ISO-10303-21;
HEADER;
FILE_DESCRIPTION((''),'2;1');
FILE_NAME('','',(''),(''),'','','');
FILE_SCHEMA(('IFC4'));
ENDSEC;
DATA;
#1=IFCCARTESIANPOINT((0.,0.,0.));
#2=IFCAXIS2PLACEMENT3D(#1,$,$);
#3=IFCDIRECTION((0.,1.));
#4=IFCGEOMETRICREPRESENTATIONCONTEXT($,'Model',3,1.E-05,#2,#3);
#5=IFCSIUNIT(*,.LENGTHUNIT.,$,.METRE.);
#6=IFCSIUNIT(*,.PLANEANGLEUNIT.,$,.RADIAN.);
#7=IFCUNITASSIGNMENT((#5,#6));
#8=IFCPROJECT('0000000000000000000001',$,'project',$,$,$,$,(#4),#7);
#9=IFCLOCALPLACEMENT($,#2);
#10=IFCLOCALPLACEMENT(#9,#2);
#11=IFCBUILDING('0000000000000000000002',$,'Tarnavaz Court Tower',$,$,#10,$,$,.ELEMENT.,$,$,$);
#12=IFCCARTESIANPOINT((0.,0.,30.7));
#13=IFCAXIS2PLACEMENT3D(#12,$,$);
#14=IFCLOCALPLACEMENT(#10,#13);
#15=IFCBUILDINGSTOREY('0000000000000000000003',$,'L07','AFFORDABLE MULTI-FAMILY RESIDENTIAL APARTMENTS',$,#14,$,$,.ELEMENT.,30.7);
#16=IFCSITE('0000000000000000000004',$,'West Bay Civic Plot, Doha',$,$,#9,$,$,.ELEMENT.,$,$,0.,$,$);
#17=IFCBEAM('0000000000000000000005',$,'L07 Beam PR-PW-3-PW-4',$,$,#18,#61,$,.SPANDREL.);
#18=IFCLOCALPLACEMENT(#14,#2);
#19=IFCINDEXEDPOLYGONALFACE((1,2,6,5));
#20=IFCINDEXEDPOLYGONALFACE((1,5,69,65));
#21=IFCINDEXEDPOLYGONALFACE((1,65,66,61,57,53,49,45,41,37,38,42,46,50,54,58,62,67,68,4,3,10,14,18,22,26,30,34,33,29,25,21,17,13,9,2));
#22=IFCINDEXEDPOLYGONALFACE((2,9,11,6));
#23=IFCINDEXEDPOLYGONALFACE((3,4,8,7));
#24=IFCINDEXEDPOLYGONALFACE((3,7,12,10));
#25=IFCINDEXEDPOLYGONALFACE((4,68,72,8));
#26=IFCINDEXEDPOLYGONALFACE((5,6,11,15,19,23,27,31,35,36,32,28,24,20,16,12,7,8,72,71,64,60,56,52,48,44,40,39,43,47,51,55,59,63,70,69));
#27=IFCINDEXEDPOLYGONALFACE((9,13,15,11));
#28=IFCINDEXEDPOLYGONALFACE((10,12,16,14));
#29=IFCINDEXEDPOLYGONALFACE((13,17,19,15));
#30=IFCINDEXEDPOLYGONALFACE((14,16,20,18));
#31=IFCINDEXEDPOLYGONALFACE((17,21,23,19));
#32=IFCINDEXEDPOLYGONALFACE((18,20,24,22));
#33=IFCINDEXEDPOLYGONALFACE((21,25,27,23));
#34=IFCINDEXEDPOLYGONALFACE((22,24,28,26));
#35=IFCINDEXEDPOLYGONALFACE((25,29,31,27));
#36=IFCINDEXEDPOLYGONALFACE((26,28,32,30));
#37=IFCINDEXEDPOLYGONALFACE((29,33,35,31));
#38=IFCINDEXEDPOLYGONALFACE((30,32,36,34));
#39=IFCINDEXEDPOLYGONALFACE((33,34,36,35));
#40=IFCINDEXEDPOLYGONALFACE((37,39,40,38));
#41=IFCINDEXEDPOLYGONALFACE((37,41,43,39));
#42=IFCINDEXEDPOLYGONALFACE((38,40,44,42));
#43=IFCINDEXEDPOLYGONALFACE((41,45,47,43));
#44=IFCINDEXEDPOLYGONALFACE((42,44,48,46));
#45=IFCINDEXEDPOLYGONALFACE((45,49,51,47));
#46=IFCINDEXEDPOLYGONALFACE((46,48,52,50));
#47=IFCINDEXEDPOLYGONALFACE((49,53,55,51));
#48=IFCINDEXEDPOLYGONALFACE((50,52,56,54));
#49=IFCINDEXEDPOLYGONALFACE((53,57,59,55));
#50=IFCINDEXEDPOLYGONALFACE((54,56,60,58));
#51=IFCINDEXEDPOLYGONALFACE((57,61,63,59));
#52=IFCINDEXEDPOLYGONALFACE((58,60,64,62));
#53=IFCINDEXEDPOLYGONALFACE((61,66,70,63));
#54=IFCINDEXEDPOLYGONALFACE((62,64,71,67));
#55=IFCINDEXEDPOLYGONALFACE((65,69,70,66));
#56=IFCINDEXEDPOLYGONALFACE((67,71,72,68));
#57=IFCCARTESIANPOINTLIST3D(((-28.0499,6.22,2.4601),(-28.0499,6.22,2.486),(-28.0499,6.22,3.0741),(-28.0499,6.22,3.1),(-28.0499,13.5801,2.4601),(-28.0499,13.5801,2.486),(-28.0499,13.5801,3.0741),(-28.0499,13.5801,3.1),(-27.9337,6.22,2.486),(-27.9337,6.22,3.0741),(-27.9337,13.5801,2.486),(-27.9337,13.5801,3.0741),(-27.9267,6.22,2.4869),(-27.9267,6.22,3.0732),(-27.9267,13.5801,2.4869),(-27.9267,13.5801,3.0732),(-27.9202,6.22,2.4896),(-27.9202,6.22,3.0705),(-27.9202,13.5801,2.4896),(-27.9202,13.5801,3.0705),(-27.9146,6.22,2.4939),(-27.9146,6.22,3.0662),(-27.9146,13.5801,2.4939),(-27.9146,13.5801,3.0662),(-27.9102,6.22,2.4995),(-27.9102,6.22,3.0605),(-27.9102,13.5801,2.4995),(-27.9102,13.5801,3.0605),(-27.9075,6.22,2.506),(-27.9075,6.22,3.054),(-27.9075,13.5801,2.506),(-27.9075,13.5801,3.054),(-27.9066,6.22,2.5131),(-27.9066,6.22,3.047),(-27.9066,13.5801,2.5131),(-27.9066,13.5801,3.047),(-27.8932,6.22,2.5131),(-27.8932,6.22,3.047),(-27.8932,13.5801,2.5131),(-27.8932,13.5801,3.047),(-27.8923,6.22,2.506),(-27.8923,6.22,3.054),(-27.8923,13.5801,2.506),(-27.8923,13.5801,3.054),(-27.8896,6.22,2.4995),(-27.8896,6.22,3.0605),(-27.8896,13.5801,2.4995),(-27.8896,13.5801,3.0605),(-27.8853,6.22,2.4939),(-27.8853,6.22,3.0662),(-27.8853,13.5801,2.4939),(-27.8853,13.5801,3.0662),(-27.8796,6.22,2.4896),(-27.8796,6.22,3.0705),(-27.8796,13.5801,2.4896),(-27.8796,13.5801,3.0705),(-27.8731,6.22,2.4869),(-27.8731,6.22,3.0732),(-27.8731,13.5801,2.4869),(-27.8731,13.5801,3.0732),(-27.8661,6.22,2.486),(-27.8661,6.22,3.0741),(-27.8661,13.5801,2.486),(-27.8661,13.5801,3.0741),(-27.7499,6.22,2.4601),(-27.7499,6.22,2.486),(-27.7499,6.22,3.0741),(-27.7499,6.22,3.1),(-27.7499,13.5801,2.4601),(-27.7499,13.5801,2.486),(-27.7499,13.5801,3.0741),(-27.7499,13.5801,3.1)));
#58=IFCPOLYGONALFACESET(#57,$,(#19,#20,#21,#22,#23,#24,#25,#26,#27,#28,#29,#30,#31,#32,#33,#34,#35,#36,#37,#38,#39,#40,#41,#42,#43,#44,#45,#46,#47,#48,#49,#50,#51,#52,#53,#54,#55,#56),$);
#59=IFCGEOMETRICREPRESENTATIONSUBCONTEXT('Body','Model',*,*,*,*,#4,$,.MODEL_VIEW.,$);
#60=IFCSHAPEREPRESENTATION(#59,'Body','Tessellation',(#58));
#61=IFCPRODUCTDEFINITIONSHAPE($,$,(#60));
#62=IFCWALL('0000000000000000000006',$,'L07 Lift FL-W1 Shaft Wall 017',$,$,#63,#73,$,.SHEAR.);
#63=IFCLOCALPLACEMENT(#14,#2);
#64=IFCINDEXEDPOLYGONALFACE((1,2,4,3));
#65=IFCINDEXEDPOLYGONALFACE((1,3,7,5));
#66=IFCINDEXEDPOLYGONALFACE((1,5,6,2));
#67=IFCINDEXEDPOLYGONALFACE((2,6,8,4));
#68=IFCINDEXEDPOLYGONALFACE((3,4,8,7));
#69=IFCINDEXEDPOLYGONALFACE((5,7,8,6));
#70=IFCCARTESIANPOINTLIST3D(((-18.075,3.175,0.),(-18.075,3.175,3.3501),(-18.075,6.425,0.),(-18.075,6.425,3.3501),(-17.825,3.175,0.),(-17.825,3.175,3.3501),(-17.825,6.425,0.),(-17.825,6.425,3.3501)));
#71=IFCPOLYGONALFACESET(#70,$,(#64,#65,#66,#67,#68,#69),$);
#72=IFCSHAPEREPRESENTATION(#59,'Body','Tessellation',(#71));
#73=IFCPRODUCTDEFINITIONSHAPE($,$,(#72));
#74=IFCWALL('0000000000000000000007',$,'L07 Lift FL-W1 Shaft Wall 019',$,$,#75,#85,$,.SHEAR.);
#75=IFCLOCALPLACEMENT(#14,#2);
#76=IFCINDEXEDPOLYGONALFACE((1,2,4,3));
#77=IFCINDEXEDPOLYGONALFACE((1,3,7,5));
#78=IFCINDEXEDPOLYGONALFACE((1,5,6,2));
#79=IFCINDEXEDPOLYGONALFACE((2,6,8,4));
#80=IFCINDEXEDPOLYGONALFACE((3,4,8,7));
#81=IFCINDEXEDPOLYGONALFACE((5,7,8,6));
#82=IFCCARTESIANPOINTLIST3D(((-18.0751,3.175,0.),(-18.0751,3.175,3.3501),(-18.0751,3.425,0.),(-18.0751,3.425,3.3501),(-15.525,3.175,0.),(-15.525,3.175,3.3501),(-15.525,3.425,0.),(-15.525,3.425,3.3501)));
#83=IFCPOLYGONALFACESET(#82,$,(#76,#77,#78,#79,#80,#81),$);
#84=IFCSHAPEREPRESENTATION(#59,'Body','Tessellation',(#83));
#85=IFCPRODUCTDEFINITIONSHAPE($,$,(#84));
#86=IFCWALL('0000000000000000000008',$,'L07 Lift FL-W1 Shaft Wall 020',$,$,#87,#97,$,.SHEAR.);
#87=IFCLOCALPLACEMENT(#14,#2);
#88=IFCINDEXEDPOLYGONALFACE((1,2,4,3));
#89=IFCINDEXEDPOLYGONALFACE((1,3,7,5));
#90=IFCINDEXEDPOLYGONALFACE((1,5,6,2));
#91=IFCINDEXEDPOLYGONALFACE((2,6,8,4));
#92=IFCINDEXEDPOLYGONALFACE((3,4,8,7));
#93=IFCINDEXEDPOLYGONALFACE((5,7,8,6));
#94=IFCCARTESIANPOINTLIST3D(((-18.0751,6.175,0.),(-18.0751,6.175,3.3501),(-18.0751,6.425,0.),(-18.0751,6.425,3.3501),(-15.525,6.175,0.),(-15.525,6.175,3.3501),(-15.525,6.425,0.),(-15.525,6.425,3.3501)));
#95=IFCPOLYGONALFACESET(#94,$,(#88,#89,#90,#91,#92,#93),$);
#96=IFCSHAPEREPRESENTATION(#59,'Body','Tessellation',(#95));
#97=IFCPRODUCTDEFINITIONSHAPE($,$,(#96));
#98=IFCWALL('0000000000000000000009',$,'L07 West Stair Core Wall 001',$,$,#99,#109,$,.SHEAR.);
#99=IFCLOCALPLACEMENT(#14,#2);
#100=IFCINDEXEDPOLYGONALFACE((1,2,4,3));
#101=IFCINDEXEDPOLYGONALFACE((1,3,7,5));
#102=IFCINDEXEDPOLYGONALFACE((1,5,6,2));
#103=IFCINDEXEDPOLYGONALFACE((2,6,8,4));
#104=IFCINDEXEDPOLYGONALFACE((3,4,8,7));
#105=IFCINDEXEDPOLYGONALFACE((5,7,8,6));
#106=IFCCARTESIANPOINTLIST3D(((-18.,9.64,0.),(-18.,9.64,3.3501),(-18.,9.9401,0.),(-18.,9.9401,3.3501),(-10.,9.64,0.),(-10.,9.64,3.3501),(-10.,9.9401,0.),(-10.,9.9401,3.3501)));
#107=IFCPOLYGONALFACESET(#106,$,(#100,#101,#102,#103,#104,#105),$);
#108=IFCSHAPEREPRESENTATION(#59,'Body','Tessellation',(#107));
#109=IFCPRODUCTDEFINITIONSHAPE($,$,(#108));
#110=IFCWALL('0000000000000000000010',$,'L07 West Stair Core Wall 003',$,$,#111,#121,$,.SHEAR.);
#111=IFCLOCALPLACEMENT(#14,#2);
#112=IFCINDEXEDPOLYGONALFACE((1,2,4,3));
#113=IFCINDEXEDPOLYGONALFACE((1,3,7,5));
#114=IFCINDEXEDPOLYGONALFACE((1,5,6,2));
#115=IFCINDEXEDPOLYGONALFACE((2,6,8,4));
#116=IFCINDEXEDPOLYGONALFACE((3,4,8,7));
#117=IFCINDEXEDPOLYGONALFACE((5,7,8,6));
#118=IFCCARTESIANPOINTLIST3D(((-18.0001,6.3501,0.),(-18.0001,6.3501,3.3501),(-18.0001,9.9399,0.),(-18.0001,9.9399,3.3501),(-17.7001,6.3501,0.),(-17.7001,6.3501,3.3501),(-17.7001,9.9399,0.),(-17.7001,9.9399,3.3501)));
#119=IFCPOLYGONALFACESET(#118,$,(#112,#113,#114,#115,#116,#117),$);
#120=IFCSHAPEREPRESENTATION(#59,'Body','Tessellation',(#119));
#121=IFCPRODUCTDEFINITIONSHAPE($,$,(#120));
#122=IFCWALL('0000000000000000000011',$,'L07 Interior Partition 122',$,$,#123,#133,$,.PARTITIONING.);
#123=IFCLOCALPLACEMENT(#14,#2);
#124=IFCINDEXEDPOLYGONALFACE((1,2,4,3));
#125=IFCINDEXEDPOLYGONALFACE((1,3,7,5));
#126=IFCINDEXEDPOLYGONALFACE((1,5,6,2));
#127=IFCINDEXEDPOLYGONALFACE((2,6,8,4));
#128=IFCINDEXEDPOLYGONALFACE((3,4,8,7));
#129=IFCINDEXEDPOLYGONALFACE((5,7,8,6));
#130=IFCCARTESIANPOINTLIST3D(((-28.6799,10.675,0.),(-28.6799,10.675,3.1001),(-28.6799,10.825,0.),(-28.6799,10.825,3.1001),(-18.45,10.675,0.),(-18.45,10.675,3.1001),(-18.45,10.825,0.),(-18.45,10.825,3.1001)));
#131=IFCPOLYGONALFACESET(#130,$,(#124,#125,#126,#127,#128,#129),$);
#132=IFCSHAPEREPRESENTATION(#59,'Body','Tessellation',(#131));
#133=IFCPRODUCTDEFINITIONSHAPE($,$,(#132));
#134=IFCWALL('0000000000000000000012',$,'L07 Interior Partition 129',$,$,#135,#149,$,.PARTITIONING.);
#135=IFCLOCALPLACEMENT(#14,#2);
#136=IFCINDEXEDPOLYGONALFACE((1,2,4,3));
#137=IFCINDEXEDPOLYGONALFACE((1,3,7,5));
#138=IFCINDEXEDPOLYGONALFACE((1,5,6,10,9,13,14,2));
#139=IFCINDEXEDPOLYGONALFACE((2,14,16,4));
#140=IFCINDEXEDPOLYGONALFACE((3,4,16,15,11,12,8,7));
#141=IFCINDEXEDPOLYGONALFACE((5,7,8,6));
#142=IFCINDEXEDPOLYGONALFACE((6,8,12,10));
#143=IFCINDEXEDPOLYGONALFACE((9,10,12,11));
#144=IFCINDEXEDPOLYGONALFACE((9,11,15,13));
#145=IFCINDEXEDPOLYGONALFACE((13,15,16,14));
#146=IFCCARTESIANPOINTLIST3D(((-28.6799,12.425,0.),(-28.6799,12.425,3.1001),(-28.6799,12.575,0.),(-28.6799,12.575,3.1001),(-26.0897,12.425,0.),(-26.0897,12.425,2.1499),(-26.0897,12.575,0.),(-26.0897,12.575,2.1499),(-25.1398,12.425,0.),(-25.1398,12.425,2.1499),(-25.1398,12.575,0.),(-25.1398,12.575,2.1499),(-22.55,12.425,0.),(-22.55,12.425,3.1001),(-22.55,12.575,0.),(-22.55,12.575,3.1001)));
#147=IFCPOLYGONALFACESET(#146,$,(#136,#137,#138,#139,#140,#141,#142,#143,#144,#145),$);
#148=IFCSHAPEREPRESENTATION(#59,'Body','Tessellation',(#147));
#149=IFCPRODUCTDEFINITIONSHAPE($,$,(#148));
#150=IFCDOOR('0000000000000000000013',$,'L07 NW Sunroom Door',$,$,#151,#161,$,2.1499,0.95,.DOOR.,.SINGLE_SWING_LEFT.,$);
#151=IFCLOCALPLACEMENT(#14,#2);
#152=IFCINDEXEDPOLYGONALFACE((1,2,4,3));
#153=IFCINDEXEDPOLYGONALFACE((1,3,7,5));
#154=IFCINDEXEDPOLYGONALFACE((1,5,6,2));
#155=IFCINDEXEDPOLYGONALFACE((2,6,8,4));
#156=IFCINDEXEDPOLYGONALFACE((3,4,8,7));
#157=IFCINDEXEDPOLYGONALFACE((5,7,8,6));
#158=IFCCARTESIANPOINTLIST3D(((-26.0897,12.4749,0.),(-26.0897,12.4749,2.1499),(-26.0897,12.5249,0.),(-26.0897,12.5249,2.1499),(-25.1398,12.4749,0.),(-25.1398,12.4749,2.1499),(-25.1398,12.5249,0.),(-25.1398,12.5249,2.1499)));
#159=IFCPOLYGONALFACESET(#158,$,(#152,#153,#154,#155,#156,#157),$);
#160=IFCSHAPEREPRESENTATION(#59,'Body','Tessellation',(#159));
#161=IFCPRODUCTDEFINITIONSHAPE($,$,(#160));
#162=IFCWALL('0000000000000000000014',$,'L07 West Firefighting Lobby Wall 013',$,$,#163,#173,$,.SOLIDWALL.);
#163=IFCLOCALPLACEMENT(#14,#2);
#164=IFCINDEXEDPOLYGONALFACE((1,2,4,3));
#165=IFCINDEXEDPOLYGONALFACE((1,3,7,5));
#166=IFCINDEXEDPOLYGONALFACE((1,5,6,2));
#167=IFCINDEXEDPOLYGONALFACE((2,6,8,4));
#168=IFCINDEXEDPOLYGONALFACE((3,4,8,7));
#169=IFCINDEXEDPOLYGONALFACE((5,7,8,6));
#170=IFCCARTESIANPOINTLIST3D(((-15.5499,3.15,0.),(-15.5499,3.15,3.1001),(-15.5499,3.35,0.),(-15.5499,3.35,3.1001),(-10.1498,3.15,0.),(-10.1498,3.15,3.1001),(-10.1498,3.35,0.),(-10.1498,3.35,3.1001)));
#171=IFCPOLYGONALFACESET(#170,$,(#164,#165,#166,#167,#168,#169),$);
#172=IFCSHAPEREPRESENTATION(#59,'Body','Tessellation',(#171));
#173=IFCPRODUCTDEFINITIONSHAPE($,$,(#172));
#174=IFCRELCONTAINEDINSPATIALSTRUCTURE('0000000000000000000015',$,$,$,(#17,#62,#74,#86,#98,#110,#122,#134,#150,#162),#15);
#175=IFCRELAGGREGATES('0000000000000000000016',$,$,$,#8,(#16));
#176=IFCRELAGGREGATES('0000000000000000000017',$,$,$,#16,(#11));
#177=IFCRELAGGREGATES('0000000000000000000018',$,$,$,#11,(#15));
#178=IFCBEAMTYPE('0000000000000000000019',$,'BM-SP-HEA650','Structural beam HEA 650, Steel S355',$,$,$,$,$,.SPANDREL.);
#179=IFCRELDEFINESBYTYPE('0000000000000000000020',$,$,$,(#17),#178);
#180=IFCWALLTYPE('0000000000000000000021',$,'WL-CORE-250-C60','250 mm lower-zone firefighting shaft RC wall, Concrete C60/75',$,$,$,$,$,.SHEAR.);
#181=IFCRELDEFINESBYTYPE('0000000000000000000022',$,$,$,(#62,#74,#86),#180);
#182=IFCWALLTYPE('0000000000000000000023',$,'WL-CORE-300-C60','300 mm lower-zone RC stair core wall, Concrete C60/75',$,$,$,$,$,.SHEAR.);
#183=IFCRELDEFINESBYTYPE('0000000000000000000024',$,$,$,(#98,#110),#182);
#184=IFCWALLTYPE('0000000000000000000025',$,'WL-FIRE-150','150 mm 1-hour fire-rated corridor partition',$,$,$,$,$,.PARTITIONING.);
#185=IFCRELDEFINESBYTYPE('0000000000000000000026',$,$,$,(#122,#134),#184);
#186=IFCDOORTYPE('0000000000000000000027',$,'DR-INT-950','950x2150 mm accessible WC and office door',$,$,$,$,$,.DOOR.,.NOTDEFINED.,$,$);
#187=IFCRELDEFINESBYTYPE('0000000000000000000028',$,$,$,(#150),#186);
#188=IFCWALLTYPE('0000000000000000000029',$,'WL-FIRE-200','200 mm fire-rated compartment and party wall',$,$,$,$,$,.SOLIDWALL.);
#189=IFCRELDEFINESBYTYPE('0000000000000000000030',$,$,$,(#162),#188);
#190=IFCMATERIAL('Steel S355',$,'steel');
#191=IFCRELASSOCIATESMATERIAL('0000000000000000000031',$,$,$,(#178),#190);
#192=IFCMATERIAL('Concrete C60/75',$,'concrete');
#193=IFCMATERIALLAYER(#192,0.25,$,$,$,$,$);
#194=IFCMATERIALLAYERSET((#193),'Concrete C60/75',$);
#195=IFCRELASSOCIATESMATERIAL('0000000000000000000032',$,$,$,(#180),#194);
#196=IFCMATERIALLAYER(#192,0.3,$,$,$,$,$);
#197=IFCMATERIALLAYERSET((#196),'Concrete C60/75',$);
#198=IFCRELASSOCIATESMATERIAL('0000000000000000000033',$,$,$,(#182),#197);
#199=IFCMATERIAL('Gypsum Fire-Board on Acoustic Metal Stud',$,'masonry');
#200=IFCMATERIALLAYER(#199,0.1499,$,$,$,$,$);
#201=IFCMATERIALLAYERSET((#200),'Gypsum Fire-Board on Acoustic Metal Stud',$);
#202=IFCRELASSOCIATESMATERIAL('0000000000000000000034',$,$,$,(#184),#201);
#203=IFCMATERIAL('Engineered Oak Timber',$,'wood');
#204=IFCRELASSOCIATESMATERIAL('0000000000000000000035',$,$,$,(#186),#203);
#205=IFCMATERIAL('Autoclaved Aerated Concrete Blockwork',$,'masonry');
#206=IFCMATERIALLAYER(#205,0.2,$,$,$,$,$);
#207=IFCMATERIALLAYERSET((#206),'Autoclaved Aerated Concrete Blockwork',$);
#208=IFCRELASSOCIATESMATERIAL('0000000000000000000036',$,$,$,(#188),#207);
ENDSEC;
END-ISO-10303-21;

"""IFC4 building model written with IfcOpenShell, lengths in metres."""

from ifc_helpers import new_model, si_unit, direction, frame, frame_2d, origin, origin_2d, place, context, subcontext, project, spatial, rectangle, i_section, extrude, material, layer, layer_set, material_profile, profile_set, type_object, element, fill, save


model = new_model("IFC4")

# Units and contexts
model_context = context("Model", 3, precision=1e-05, world=origin(), true_north=direction((0.0, 1.0)))
body_context = subcontext(model_context, "Body", "Model", "MODEL_VIEW")
ifc_project = project(units=[si_unit("LENGTHUNIT", "METRE"), si_unit("PLANEANGLEUNIT", "RADIAN")], contexts=[model_context])

# Site, building, storey
site_placement = place(None, origin())
site = spatial("IfcSite", under=ifc_project, at=site_placement, Name="West Bay Civic Plot, Doha", CompositionType="ELEMENT", RefElevation=0.0)
building_placement = place(site_placement, origin())
building = spatial("IfcBuilding", under=site, at=building_placement, Name="Tarnavaz Court Tower", CompositionType="ELEMENT")
storey_placement = place(building_placement, frame((0.0, 0.0, 30.7)))
storey = spatial("IfcBuildingStorey", under=building, at=storey_placement, Name="L07", Description="AFFORDABLE MULTI-FAMILY RESIDENTIAL APARTMENTS", CompositionType="ELEMENT", Elevation=30.7)

# Shared definitions
ifc_material_1 = material(Name="Concrete C60/75", Category="concrete")

# Beam
ifc_material_2 = material(Name="Steel S355", Category="steel")
ifc_material_profile_1 = material_profile(ifc_material_2, i_section(OverallWidth=0.3, OverallDepth=0.6399, WebThickness=0.0134, FlangeThickness=0.0259, FilletRadius=0.0271, at=origin_2d()), Name="HEA 650")
ifc_profile_set_1 = profile_set([ifc_material_profile_1], Name="Steel S355")
beam_type_1 = type_object("IfcBeamType", Name="BM-SP-HEA650", Description="Structural beam HEA 650, Steel S355", PredefinedType="SPANDREL", material=ifc_profile_set_1)
beam_1_placement = place(storey_placement, frame((-27.8999, 6.22, 2.78), z_axis=(0.0, 1.0, 0.0), x_axis=(-1.0, 0.0, 0.0)))
element("IfcBeam", 1, at=beam_1_placement, inside=storey, type_object=beam_type_1, Name="L07 Beam PR-PW-3-PW-4", PredefinedType="SPANDREL", context=body_context, shape_type="SweptSolid", body=[
    extrude(i_section(OverallWidth=0.3, OverallDepth=0.6399, WebThickness=0.0134, FlangeThickness=0.0259, FilletRadius=0.0271, at=origin_2d()), origin(), (0.0, 0.0, 1.0), 7.3601),
])

# Wall
ifc_layer_1 = layer(ifc_material_1, 0.25)
ifc_layer_set_1 = layer_set([ifc_layer_1], Name="Concrete C60/75")
wall_type_1 = type_object("IfcWallType", Name="WL-CORE-250-C60", Description="250 mm lower-zone firefighting shaft RC wall, Concrete C60/75", PredefinedType="SHEAR", material=ifc_layer_set_1)
wall_1_placement = place(storey_placement, frame((-17.95, 3.175, 0.0), z_axis=(0.0, 0.0, 1.0), x_axis=(0.0, 1.0, 0.0)))
element("IfcWall", 2, at=wall_1_placement, inside=storey, type_object=wall_type_1, Name="L07 Lift FL-W1 Shaft Wall 017", PredefinedType="SHEAR", context=body_context, shape_type="SweptSolid", body=[
    extrude(rectangle(XDim=3.25, YDim=0.25, at=frame_2d((1.625, 0.0))), origin(), (0.0, 0.0, 1.0), 3.3501),
])

# Walls
for number, where, z_axis, x_axis, name in (
    (3, (-18.075, 3.3, 0.0), (0.0, 0.0, 1.0), (1.0, 0.0, 0.0), "L07 Lift FL-W1 Shaft Wall 019"),
    (4, (-18.075, 6.3, 0.0), (0.0, 0.0, 1.0), (1.0, 0.0, 0.0), "L07 Lift FL-W1 Shaft Wall 020"),
):
    element("IfcWall", number, at=place(storey_placement, frame(where, z_axis=z_axis, x_axis=x_axis)), inside=storey, type_object=wall_type_1, Name=name, PredefinedType="SHEAR", context=body_context, shape_type="SweptSolid", body=[
        extrude(rectangle(XDim=2.55, YDim=0.25, at=frame_2d((1.2749, 0.0))), origin(), (0.0, 0.0, 1.0), 3.3501),
    ])
ifc_layer_2 = layer(ifc_material_1, 0.3)
ifc_layer_set_2 = layer_set([ifc_layer_2], Name="Concrete C60/75")
wall_type_2 = type_object("IfcWallType", Name="WL-CORE-300-C60", Description="300 mm lower-zone RC stair core wall, Concrete C60/75", PredefinedType="SHEAR", material=ifc_layer_set_2)
wall_2_placement = place(storey_placement, frame((-18.0, 9.79, 0.0), z_axis=(0.0, 0.0, 1.0), x_axis=(1.0, 0.0, 0.0)))
element("IfcWall", 5, at=wall_2_placement, inside=storey, type_object=wall_type_2, Name="L07 West Stair Core Wall 001", PredefinedType="SHEAR", context=body_context, shape_type="SweptSolid", body=[
    extrude(rectangle(XDim=8.0, YDim=0.3, at=frame_2d((4.0, 0.0))), origin(), (0.0, 0.0, 1.0), 3.3501),
])

# Walls
wall_3_placement = place(storey_placement, frame((-17.8501, 6.3501, 0.0), z_axis=(0.0, 0.0, 1.0), x_axis=(0.0, 1.0, 0.0)))
element("IfcWall", 6, at=wall_3_placement, inside=storey, type_object=wall_type_2, Name="L07 West Stair Core Wall 003", PredefinedType="SHEAR", context=body_context, shape_type="SweptSolid", body=[
    extrude(rectangle(XDim=3.5898, YDim=0.3, at=frame_2d((1.7949, 0.0))), origin(), (0.0, 0.0, 1.0), 3.3501),
])
ifc_material_3 = material(Name="Gypsum Fire-Board on Acoustic Metal Stud", Category="masonry")
ifc_layer_3 = layer(ifc_material_3, 0.1499)
ifc_layer_set_3 = layer_set([ifc_layer_3], Name="Gypsum Fire-Board on Acoustic Metal Stud")
wall_type_3 = type_object("IfcWallType", Name="WL-FIRE-150", Description="150 mm 1-hour fire-rated corridor partition", PredefinedType="PARTITIONING", material=ifc_layer_set_3)
wall_4_placement = place(storey_placement, frame((-28.6799, 10.75, 0.0), z_axis=(0.0, 0.0, 1.0), x_axis=(1.0, 0.0, 0.0)))
element("IfcWall", 7, at=wall_4_placement, inside=storey, type_object=wall_type_3, Name="L07 Interior Partition 122", PredefinedType="PARTITIONING", context=body_context, shape_type="SweptSolid", body=[
    extrude(rectangle(XDim=10.23, YDim=0.1499, at=frame_2d((5.115, 0.0))), origin(), (0.0, 0.0, 1.0), 3.1001),
])

# Wall, opening, door
wall_5_placement = place(storey_placement, frame((-28.6799, 12.5, 0.0), z_axis=(0.0, 0.0, 1.0), x_axis=(1.0, 0.0, 0.0)))
wall_5 = element("IfcWall", 8, at=wall_5_placement, inside=storey, type_object=wall_type_3, Name="L07 Interior Partition 129", PredefinedType="PARTITIONING", context=body_context, shape_type="SweptSolid", body=[
    extrude(rectangle(XDim=6.1299, YDim=0.1499, at=frame_2d((3.0649, 0.0))), origin(), (0.0, 0.0, 1.0), 3.1001),
])
opening_1_placement = place(wall_5_placement, frame((2.5901, 0.0, 0.0)))
opening_1 = element("IfcOpeningElement", 9, at=opening_1_placement, cuts=wall_5, PredefinedType="OPENING", context=body_context, shape_type="SweptSolid", body=[
    extrude(rectangle(XDim=0.95, YDim=2.1499, at=frame_2d((0.4751, 1.075))), frame((0.0, 0.085, 0.0), z_axis=(0.0, -1.0, 0.0), x_axis=(1.0, 0.0, 0.0)), (0.0, 0.0, 1.0), 0.1699),
])
ifc_material_4 = material(Name="Engineered Oak Timber", Category="wood")
door_type_1 = type_object("IfcDoorType", Name="DR-INT-950", Description="950x2150 mm accessible WC and office door", OperationType="NOTDEFINED", PredefinedType="DOOR", material=ifc_material_4)
door_1_placement = place(opening_1_placement, origin())
door_1 = element("IfcDoor", 10, at=door_1_placement, inside=storey, type_object=door_type_1, Name="L07 NW Sunroom Door", OperationType="SINGLE_SWING_LEFT", OverallHeight=2.1499, OverallWidth=0.95, PredefinedType="DOOR", context=body_context, shape_type="SweptSolid", body=[
    extrude(rectangle(XDim=0.95, YDim=2.1499, at=frame_2d((0.4751, 1.075))), frame((0.0, 0.0249, 0.0), z_axis=(0.0, -1.0, 0.0), x_axis=(1.0, 0.0, 0.0)), (0.0, 0.0, 1.0), 0.05),
])
fill(opening_1, door_1)

# Wall
ifc_material_5 = material(Name="Autoclaved Aerated Concrete Blockwork", Category="masonry")
ifc_layer_4 = layer(ifc_material_5, 0.2)
ifc_layer_set_4 = layer_set([ifc_layer_4], Name="Autoclaved Aerated Concrete Blockwork")
wall_type_4 = type_object("IfcWallType", Name="WL-FIRE-200", Description="200 mm fire-rated compartment and party wall", PredefinedType="SOLIDWALL", material=ifc_layer_set_4)
wall_6_placement = place(storey_placement, frame((-15.55, 3.25, 0.0), z_axis=(0.0, 0.0, 1.0), x_axis=(1.0, 0.0, 0.0)))
element("IfcWall", 11, at=wall_6_placement, inside=storey, type_object=wall_type_4, Name="L07 West Firefighting Lobby Wall 013", PredefinedType="SOLIDWALL", context=body_context, shape_type="SweptSolid", body=[
    extrude(rectangle(XDim=5.4001, YDim=0.2, at=frame_2d((2.7002, 0.0))), origin(), (0.0, 0.0, 1.0), 3.1001),
])

save(model, "model.ifc")
